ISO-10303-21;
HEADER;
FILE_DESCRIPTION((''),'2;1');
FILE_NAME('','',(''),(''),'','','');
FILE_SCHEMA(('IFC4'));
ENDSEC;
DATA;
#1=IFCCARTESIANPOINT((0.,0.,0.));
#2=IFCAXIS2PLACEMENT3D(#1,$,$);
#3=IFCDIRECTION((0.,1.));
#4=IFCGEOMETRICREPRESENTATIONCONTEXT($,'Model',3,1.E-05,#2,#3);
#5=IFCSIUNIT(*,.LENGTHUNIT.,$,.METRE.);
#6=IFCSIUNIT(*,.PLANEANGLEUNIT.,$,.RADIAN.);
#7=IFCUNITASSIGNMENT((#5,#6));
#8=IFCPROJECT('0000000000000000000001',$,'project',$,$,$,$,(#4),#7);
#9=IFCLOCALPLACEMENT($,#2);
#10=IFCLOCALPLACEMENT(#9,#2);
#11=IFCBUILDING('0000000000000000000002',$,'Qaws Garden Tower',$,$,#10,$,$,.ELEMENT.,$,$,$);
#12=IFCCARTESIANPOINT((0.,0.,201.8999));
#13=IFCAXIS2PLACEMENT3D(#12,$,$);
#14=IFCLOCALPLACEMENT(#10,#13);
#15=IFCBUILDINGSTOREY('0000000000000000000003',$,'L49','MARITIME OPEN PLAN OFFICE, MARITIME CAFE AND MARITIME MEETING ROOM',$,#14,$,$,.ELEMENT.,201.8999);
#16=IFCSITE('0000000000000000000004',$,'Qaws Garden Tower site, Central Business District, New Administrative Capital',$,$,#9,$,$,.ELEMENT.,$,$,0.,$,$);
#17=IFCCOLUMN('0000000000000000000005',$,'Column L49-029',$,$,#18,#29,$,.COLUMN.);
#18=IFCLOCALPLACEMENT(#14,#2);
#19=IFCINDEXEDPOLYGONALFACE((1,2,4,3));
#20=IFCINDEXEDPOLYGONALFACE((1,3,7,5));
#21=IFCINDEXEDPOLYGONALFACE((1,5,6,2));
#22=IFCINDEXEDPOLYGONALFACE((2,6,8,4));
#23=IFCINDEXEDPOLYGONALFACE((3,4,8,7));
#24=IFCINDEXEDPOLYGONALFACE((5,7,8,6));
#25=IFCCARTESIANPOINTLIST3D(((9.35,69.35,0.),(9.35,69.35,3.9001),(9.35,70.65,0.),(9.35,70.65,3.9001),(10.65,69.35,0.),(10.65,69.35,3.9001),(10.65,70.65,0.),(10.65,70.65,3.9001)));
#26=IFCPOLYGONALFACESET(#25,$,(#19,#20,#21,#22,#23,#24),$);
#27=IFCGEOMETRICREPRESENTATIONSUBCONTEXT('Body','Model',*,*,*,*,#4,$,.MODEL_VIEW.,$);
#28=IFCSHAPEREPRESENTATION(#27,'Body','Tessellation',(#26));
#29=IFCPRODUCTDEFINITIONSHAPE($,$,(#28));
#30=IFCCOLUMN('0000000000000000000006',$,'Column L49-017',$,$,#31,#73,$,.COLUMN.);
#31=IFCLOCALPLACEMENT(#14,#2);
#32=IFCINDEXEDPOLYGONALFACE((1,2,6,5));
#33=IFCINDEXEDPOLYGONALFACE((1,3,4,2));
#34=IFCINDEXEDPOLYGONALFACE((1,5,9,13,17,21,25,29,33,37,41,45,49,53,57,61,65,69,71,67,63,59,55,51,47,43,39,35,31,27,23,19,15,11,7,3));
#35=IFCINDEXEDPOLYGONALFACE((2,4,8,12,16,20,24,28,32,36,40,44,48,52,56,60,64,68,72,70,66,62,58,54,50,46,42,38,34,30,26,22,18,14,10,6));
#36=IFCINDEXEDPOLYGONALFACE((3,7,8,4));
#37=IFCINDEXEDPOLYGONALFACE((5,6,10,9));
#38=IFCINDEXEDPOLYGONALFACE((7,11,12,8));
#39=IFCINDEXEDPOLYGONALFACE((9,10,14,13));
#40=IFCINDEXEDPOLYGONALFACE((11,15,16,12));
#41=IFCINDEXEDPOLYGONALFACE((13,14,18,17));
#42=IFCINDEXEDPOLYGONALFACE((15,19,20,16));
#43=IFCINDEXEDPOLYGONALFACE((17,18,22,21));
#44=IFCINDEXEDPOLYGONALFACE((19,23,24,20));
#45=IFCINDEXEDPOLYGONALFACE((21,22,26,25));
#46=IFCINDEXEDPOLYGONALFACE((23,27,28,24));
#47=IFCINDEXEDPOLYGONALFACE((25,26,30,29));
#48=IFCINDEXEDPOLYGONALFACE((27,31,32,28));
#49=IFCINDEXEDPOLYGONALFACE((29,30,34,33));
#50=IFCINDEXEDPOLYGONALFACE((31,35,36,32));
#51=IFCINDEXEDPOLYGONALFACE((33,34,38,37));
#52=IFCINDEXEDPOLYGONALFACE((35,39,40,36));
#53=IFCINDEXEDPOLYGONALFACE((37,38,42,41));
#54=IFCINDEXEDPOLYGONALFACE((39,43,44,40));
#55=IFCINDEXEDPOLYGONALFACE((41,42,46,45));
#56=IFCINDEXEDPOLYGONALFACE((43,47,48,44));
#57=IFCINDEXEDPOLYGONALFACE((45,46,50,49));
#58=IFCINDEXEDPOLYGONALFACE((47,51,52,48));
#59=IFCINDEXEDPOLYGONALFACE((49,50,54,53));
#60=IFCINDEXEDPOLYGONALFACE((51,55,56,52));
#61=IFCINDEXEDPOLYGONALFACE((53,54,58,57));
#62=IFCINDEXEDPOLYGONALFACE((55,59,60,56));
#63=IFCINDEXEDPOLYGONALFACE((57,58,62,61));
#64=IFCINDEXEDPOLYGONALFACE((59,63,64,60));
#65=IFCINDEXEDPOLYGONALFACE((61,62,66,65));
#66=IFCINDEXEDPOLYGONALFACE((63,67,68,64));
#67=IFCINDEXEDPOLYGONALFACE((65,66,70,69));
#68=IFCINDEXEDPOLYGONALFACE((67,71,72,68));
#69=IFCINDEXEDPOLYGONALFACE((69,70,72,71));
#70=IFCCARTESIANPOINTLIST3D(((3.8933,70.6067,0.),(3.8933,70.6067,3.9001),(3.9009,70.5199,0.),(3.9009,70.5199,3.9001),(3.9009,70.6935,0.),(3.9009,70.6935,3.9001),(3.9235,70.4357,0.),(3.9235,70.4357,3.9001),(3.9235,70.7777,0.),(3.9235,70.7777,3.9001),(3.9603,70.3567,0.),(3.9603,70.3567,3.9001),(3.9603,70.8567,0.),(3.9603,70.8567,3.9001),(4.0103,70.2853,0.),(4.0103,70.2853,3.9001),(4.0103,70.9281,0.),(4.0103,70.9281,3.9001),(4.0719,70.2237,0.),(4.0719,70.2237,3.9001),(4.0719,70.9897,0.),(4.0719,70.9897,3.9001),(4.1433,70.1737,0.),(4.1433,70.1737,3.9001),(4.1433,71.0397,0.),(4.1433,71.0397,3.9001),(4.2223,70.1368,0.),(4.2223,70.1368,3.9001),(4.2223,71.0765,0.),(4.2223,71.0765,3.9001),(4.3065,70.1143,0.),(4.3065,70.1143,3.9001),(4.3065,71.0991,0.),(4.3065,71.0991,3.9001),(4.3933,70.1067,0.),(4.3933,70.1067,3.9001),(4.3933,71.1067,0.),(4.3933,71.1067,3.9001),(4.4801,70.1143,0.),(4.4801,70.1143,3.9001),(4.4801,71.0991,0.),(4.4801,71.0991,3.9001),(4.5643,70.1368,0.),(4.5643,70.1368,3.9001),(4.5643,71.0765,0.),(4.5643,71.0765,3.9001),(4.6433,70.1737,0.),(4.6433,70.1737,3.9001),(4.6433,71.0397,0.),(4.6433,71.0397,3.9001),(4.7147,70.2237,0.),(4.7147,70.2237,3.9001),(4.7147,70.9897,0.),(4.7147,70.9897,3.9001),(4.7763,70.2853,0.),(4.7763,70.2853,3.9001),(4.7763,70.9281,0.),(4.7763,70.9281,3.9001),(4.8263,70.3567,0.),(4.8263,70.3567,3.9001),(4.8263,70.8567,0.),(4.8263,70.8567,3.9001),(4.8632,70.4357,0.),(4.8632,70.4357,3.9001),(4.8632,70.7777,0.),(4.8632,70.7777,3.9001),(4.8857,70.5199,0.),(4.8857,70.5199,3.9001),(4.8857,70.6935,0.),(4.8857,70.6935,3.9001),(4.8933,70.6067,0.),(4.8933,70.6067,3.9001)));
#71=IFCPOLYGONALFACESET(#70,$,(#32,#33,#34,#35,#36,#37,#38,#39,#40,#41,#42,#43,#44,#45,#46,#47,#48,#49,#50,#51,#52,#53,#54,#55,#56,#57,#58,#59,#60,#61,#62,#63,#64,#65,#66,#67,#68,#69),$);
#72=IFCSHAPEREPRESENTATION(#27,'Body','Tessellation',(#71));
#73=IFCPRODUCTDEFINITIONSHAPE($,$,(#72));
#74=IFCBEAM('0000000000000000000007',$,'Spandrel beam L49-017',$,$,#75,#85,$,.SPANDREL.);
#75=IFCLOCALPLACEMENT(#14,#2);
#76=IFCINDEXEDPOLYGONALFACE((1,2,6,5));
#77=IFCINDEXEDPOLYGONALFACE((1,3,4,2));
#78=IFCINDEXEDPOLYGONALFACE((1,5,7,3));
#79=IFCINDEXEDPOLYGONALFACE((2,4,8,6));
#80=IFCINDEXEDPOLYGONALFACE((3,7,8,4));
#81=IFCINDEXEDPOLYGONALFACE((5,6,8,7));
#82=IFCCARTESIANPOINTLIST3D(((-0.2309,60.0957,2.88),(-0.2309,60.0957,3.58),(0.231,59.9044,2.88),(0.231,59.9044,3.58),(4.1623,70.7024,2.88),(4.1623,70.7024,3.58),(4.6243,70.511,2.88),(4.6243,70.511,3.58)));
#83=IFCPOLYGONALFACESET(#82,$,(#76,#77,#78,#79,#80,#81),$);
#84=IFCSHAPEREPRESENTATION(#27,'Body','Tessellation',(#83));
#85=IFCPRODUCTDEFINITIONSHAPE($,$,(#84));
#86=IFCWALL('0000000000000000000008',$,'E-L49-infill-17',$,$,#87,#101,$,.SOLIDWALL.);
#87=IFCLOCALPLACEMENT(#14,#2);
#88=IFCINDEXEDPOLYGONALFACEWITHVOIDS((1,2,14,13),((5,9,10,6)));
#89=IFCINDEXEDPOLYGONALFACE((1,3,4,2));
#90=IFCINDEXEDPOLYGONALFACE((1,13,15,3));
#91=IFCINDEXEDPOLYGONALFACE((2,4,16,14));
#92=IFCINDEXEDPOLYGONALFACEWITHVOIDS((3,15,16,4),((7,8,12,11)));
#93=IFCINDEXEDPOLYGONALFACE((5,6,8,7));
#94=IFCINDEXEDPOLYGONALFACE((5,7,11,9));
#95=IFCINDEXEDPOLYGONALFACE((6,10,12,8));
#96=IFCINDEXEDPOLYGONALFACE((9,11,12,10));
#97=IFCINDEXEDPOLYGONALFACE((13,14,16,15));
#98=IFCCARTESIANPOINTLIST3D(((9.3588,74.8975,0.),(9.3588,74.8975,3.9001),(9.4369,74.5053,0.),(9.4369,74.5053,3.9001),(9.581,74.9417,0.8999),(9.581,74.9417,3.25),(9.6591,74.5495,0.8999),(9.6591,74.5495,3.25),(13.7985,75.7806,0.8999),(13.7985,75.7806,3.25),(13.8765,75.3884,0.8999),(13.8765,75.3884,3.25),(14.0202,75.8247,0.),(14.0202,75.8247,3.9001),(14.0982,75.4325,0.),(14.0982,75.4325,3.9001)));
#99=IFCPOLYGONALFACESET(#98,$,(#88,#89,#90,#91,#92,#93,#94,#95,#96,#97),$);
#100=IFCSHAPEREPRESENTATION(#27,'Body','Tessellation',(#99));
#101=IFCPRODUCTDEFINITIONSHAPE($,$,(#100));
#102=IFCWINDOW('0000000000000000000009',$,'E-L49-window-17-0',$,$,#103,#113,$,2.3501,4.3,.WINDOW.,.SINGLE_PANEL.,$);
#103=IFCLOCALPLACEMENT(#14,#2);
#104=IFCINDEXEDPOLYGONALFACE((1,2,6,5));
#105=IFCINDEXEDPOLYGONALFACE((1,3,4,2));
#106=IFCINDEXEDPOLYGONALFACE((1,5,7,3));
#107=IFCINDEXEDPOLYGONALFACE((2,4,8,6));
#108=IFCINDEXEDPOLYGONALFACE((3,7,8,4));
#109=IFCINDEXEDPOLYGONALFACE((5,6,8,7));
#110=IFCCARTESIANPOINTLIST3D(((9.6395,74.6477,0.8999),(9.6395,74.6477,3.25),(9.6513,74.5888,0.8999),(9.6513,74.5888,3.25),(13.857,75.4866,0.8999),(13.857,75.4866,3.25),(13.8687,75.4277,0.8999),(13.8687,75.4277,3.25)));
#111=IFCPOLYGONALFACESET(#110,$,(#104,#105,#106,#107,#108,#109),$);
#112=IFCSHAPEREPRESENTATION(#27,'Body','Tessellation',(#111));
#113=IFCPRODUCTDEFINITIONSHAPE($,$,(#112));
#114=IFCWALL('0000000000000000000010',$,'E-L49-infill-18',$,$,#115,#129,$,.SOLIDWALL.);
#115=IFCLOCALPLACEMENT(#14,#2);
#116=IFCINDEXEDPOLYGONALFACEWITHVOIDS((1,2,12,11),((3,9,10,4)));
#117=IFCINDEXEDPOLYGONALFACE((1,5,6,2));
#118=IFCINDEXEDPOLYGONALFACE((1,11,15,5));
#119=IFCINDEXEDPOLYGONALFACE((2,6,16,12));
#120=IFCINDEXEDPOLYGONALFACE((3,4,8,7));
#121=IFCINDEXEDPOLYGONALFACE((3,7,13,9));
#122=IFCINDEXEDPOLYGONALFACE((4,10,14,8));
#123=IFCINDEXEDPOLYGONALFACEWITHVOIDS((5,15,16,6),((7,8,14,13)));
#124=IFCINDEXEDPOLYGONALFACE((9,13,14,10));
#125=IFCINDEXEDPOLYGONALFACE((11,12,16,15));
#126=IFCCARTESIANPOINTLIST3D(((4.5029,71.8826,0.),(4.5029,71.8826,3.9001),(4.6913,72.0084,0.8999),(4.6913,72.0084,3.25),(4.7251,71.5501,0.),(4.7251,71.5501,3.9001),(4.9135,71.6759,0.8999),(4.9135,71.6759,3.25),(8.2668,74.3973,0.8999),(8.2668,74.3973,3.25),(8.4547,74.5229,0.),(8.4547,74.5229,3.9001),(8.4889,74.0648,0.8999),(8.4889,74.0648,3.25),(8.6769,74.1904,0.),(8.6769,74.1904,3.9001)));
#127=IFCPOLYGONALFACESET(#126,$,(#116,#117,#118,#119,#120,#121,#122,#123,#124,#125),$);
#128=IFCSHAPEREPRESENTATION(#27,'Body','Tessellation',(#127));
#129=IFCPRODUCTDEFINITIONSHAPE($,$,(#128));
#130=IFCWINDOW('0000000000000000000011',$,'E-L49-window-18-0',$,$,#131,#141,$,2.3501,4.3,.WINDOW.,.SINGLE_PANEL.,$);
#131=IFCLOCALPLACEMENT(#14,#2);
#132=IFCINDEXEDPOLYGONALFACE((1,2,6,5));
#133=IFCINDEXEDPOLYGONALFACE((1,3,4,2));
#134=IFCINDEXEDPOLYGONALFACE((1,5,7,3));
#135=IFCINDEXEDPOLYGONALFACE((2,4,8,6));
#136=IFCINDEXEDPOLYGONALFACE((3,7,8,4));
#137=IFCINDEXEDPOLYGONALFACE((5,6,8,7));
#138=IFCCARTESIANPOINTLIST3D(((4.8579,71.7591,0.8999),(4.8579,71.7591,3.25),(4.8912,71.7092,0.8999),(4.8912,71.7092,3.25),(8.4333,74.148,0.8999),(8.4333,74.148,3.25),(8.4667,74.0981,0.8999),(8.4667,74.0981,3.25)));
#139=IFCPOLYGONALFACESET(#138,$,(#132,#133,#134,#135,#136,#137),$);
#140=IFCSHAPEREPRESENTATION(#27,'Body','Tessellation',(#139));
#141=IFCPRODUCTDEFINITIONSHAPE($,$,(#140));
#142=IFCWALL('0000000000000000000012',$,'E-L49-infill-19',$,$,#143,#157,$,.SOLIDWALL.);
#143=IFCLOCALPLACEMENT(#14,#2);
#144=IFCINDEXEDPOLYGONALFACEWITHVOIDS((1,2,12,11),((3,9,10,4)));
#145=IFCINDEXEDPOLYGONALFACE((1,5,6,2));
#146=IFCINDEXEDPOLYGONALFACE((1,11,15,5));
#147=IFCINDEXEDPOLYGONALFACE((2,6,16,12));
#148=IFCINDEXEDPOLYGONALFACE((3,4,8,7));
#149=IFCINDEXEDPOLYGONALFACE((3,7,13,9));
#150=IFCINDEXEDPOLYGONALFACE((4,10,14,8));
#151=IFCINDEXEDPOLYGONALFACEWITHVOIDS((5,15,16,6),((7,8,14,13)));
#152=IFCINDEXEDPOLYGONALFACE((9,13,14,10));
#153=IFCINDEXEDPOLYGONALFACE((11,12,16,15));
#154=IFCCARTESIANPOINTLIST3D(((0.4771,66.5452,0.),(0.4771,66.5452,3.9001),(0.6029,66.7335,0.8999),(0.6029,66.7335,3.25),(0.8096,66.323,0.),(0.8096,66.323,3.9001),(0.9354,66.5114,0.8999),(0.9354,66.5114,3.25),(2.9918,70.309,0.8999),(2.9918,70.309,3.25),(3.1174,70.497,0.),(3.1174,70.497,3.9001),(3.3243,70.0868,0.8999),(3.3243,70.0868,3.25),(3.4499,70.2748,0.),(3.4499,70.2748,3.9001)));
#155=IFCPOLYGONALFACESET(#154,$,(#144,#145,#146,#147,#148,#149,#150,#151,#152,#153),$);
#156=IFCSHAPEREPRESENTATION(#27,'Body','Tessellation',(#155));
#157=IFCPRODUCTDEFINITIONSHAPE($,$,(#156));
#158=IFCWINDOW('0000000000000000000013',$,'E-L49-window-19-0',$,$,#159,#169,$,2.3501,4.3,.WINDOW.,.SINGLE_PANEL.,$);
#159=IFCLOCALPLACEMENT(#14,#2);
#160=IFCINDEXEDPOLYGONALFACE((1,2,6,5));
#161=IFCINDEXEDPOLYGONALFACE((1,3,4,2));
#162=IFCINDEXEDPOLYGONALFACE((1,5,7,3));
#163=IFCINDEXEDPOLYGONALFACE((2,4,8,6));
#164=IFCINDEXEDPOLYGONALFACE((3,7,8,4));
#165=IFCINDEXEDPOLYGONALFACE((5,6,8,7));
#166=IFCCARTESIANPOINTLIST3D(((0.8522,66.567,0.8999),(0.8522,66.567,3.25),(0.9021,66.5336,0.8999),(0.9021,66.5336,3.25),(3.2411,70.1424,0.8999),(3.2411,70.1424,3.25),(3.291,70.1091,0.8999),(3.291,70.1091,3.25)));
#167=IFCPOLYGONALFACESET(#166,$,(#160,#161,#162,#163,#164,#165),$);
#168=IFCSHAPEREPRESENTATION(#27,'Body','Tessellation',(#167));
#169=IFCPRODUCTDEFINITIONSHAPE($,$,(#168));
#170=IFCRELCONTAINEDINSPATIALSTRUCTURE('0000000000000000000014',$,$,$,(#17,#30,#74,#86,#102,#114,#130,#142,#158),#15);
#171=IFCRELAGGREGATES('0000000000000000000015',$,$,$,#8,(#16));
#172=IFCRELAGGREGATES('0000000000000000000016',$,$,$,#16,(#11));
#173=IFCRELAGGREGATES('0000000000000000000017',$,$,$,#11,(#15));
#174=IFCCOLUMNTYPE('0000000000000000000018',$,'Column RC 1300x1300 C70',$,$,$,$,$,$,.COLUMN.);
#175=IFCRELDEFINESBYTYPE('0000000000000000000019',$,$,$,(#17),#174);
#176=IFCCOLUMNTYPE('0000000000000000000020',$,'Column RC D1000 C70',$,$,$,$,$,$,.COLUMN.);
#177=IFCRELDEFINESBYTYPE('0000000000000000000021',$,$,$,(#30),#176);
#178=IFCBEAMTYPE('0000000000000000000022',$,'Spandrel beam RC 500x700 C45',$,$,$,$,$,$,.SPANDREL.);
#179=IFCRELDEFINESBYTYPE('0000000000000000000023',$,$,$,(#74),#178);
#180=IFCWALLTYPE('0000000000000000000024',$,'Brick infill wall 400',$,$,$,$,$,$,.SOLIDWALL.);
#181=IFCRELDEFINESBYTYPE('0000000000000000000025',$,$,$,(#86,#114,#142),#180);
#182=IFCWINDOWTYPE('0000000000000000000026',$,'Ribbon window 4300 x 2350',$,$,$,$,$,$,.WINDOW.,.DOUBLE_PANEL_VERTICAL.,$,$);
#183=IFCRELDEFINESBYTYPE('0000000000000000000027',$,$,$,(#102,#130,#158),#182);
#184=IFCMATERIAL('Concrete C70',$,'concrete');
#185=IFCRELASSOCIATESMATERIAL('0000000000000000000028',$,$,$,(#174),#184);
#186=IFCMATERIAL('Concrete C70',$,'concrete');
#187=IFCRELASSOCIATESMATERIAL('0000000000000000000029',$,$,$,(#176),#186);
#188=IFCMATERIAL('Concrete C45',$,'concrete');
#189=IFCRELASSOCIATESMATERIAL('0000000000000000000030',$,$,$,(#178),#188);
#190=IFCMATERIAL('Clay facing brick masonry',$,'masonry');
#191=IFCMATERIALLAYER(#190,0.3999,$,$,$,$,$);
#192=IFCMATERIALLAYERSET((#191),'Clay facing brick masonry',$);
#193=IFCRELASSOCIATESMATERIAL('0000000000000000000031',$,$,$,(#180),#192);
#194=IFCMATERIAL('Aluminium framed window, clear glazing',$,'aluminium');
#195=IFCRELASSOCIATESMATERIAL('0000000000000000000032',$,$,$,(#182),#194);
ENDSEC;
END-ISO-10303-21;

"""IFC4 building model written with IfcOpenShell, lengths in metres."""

from ifc_helpers import new_model, si_unit, direction, frame, frame_2d, origin, origin_2d, place, context, subcontext, project, spatial, rectangle, circle, extrude, material, layer, layer_set, material_profile, profile_set, type_object, element, fill, save


model = new_model("IFC4")

# Units and contexts
model_context = context("Model", 3, precision=1e-05, world=origin(), true_north=direction((0.0, 1.0)))
body_context = subcontext(model_context, "Body", "Model", "MODEL_VIEW")
ifc_project = project(units=[si_unit("LENGTHUNIT", "METRE"), si_unit("PLANEANGLEUNIT", "RADIAN")], contexts=[model_context])

# Site, building, storey
site_placement = place(None, origin())
site = spatial("IfcSite", under=ifc_project, at=site_placement, Name="Qaws Garden Tower site, Central Business District, New Administrative Capital", CompositionType="ELEMENT", RefElevation=0.0)
building_placement = place(site_placement, origin())
building = spatial("IfcBuilding", under=site, at=building_placement, Name="Qaws Garden Tower", CompositionType="ELEMENT")
storey_placement = place(building_placement, frame((0.0, 0.0, 201.8999)))
storey = spatial("IfcBuildingStorey", under=building, at=storey_placement, Name="L49", Description="MARITIME OPEN PLAN OFFICE, MARITIME CAFE AND MARITIME MEETING ROOM", CompositionType="ELEMENT", Elevation=201.8999)

# Columns
ifc_material_1 = material(Name="Concrete C70", Category="concrete")
ifc_material_profile_1 = material_profile(ifc_material_1, rectangle(XDim=1.3, YDim=1.3, at=origin_2d()), Name="RC 1300x1300")
ifc_profile_set_1 = profile_set([ifc_material_profile_1], Name="Concrete C70")
column_type_1 = type_object("IfcColumnType", Name="Column RC 1300x1300 C70", PredefinedType="COLUMN", material=ifc_profile_set_1)
column_1_placement = place(storey_placement, frame((10.0, 70.0, 0.0), z_axis=(0.0, 0.0, 1.0), x_axis=(1.0, 0.0, 0.0)))
element("IfcColumn", 1, at=column_1_placement, inside=storey, type_object=column_type_1, Name="Column L49-029", PredefinedType="COLUMN", context=body_context, shape_type="SweptSolid", body=[
    extrude(rectangle(XDim=1.3, YDim=1.3, at=origin_2d()), origin(), (0.0, 0.0, 1.0), 3.9001),
])
ifc_material_2 = material(Name="Concrete C70", Category="concrete")
ifc_material_profile_2 = material_profile(ifc_material_2, circle(Radius=0.5, at=origin_2d()), Name="RC D1000")
ifc_profile_set_2 = profile_set([ifc_material_profile_2], Name="Concrete C70")
column_type_2 = type_object("IfcColumnType", Name="Column RC D1000 C70", PredefinedType="COLUMN", material=ifc_profile_set_2)
column_2_placement = place(storey_placement, frame((4.3933, 70.6067, 0.0), z_axis=(0.0, 0.0, 1.0), x_axis=(1.0, 0.0, 0.0)))
element("IfcColumn", 2, at=column_2_placement, inside=storey, type_object=column_type_2, Name="Column L49-017", PredefinedType="COLUMN", context=body_context, shape_type="SweptSolid", body=[
    extrude(circle(Radius=0.5, at=origin_2d()), origin(), (0.0, 0.0, 1.0), 3.9001),
])

# Beam
ifc_material_3 = material(Name="Concrete C45", Category="concrete")
ifc_material_profile_3 = material_profile(ifc_material_3, rectangle(XDim=0.5, YDim=0.7, at=origin_2d()), Name="RC 500x700")
ifc_profile_set_3 = profile_set([ifc_material_profile_3], Name="Concrete C45")
beam_type = type_object("IfcBeamType", Name="Spandrel beam RC 500x700 C45", PredefinedType="SPANDREL", material=ifc_profile_set_3)
beam_placement = place(storey_placement, frame((4.3933, 70.6067, 3.23), z_axis=(-0.382674, -0.923883, 0.0), x_axis=(0.923883, -0.382674, 0.0)))
element("IfcBeam", 3, at=beam_placement, inside=storey, type_object=beam_type, Name="Spandrel beam L49-017", PredefinedType="SPANDREL", context=body_context, shape_type="SweptSolid", body=[
    extrude(rectangle(XDim=0.5, YDim=0.7, at=origin_2d()), origin(), (0.0, 0.0, 1.0), 11.4805),
])

# Walls, openings, windows
ifc_material_4 = material(Name="Clay facing brick masonry", Category="masonry")
ifc_layer_1 = layer(ifc_material_4, 0.3999)
ifc_layer_set_1 = layer_set([ifc_layer_1], Name="Clay facing brick masonry")
wall_type_1 = type_object("IfcWallType", Name="Brick infill wall 400", PredefinedType="SOLIDWALL", material=ifc_layer_set_1)
wall_1_placement = place(storey_placement, frame((14.0593, 75.6287, 0.0), z_axis=(0.0, 0.0, 1.0), x_axis=(-0.980784, -0.195099, 0.0)))
wall_1 = element("IfcWall", 4, at=wall_1_placement, inside=storey, type_object=wall_type_1, Name="E-L49-infill-17", PredefinedType="SOLIDWALL", context=body_context, shape_type="SweptSolid", body=[
    extrude(rectangle(XDim=4.7527, YDim=0.3999, at=frame_2d((2.3765, 0.0))), origin(), (0.0, 0.0, 1.0), 3.9001),
])
opening_1_placement = place(wall_1_placement, frame((0.2263, 0.0, 0.8999)))
opening_1 = element("IfcOpeningElement", 5, at=opening_1_placement, cuts=wall_1, PredefinedType="OPENING", context=body_context, shape_type="SweptSolid", body=[
    extrude(rectangle(XDim=4.3, YDim=2.3501, at=frame_2d((2.1499, 1.175))), frame((0.0, 0.21, 0.0), z_axis=(0.0, -1.0, 0.0), x_axis=(1.0, 0.0, 0.0)), (0.0, 0.0, 1.0), 0.4199),
])
ifc_material_5 = material(Name="Aluminium framed window, clear glazing", Category="aluminium")
window_type = type_object("IfcWindowType", Name="Ribbon window 4300 x 2350", PartitioningType="DOUBLE_PANEL_VERTICAL", PredefinedType="WINDOW", material=ifc_material_5)
window_1_placement = place(opening_1_placement, origin())
window_1 = element("IfcWindow", 6, at=window_1_placement, inside=storey, type_object=window_type, Name="E-L49-window-17-0", OverallHeight=2.3501, OverallWidth=4.3, PartitioningType="SINGLE_PANEL", PredefinedType="WINDOW", context=body_context, shape_type="SweptSolid", body=[
    extrude(rectangle(XDim=4.3, YDim=2.3501, at=frame_2d((2.1499, 1.175))), frame((0.0, 0.1599, 0.0), z_axis=(0.0, -1.0, 0.0), x_axis=(1.0, 0.0, 0.0)), (0.0, 0.0, 1.0), 0.0601),
])
fill(opening_1, window_1)
wall_2_placement = place(storey_placement, frame((8.5659, 74.3567, 0.0), z_axis=(0.0, 0.0, 1.0), x_axis=(-0.831489, -0.555542, 0.0)))
wall_2 = element("IfcWall", 7, at=wall_2_placement, inside=storey, type_object=wall_type_1, Name="E-L49-infill-18", PredefinedType="SOLIDWALL", context=body_context, shape_type="SweptSolid", body=[
    extrude(rectangle(XDim=4.7527, YDim=0.3999, at=frame_2d((2.3765, 0.0))), origin(), (0.0, 0.0, 1.0), 3.9001),
])
opening_2_placement = place(wall_2_placement, frame((0.2263, 0.0, 0.8999)))
opening_2 = element("IfcOpeningElement", 8, at=opening_2_placement, cuts=wall_2, PredefinedType="OPENING", context=body_context, shape_type="SweptSolid", body=[
    extrude(rectangle(XDim=4.3, YDim=2.3501, at=frame_2d((2.1499, 1.175))), frame((0.0, 0.21, 0.0), z_axis=(0.0, -1.0, 0.0), x_axis=(1.0, 0.0, 0.0)), (0.0, 0.0, 1.0), 0.4199),
])
window_2_placement = place(opening_2_placement, origin())
window_2 = element("IfcWindow", 9, at=window_2_placement, inside=storey, type_object=window_type, Name="E-L49-window-18-0", OverallHeight=2.3501, OverallWidth=4.3, PartitioningType="SINGLE_PANEL", PredefinedType="WINDOW", context=body_context, shape_type="SweptSolid", body=[
    extrude(rectangle(XDim=4.3, YDim=2.3501, at=frame_2d((2.1499, 1.175))), frame((0.0, 0.1599, 0.0), z_axis=(0.0, -1.0, 0.0), x_axis=(1.0, 0.0, 0.0)), (0.0, 0.0, 1.0), 0.0601),
])
fill(opening_2, window_2)
wall_3_placement = place(storey_placement, frame((3.2837, 70.386, 0.0), z_axis=(0.0, 0.0, 1.0), x_axis=(-0.555542, -0.831489, 0.0)))
wall_3 = element("IfcWall", 10, at=wall_3_placement, inside=storey, type_object=wall_type_1, Name="E-L49-infill-19", PredefinedType="SOLIDWALL", context=body_context, shape_type="SweptSolid", body=[
    extrude(rectangle(XDim=4.7527, YDim=0.3999, at=frame_2d((2.3765, 0.0))), origin(), (0.0, 0.0, 1.0), 3.9001),
])
opening_3_placement = place(wall_3_placement, frame((0.2263, 0.0, 0.8999)))
opening_3 = element("IfcOpeningElement", 11, at=opening_3_placement, cuts=wall_3, PredefinedType="OPENING", context=body_context, shape_type="SweptSolid", body=[
    extrude(rectangle(XDim=4.3, YDim=2.3501, at=frame_2d((2.1499, 1.175))), frame((0.0, 0.21, 0.0), z_axis=(0.0, -1.0, 0.0), x_axis=(1.0, 0.0, 0.0)), (0.0, 0.0, 1.0), 0.4199),
])
window_3_placement = place(opening_3_placement, origin())
window_3 = element("IfcWindow", 12, at=window_3_placement, inside=storey, type_object=window_type, Name="E-L49-window-19-0", OverallHeight=2.3501, OverallWidth=4.3, PartitioningType="SINGLE_PANEL", PredefinedType="WINDOW", context=body_context, shape_type="SweptSolid", body=[
    extrude(rectangle(XDim=4.3, YDim=2.3501, at=frame_2d((2.1499, 1.175))), frame((0.0, 0.1599, 0.0), z_axis=(0.0, -1.0, 0.0), x_axis=(1.0, 0.0, 0.0)), (0.0, 0.0, 1.0), 0.0601),
])
fill(opening_3, window_3)

save(model, "model.ifc")
